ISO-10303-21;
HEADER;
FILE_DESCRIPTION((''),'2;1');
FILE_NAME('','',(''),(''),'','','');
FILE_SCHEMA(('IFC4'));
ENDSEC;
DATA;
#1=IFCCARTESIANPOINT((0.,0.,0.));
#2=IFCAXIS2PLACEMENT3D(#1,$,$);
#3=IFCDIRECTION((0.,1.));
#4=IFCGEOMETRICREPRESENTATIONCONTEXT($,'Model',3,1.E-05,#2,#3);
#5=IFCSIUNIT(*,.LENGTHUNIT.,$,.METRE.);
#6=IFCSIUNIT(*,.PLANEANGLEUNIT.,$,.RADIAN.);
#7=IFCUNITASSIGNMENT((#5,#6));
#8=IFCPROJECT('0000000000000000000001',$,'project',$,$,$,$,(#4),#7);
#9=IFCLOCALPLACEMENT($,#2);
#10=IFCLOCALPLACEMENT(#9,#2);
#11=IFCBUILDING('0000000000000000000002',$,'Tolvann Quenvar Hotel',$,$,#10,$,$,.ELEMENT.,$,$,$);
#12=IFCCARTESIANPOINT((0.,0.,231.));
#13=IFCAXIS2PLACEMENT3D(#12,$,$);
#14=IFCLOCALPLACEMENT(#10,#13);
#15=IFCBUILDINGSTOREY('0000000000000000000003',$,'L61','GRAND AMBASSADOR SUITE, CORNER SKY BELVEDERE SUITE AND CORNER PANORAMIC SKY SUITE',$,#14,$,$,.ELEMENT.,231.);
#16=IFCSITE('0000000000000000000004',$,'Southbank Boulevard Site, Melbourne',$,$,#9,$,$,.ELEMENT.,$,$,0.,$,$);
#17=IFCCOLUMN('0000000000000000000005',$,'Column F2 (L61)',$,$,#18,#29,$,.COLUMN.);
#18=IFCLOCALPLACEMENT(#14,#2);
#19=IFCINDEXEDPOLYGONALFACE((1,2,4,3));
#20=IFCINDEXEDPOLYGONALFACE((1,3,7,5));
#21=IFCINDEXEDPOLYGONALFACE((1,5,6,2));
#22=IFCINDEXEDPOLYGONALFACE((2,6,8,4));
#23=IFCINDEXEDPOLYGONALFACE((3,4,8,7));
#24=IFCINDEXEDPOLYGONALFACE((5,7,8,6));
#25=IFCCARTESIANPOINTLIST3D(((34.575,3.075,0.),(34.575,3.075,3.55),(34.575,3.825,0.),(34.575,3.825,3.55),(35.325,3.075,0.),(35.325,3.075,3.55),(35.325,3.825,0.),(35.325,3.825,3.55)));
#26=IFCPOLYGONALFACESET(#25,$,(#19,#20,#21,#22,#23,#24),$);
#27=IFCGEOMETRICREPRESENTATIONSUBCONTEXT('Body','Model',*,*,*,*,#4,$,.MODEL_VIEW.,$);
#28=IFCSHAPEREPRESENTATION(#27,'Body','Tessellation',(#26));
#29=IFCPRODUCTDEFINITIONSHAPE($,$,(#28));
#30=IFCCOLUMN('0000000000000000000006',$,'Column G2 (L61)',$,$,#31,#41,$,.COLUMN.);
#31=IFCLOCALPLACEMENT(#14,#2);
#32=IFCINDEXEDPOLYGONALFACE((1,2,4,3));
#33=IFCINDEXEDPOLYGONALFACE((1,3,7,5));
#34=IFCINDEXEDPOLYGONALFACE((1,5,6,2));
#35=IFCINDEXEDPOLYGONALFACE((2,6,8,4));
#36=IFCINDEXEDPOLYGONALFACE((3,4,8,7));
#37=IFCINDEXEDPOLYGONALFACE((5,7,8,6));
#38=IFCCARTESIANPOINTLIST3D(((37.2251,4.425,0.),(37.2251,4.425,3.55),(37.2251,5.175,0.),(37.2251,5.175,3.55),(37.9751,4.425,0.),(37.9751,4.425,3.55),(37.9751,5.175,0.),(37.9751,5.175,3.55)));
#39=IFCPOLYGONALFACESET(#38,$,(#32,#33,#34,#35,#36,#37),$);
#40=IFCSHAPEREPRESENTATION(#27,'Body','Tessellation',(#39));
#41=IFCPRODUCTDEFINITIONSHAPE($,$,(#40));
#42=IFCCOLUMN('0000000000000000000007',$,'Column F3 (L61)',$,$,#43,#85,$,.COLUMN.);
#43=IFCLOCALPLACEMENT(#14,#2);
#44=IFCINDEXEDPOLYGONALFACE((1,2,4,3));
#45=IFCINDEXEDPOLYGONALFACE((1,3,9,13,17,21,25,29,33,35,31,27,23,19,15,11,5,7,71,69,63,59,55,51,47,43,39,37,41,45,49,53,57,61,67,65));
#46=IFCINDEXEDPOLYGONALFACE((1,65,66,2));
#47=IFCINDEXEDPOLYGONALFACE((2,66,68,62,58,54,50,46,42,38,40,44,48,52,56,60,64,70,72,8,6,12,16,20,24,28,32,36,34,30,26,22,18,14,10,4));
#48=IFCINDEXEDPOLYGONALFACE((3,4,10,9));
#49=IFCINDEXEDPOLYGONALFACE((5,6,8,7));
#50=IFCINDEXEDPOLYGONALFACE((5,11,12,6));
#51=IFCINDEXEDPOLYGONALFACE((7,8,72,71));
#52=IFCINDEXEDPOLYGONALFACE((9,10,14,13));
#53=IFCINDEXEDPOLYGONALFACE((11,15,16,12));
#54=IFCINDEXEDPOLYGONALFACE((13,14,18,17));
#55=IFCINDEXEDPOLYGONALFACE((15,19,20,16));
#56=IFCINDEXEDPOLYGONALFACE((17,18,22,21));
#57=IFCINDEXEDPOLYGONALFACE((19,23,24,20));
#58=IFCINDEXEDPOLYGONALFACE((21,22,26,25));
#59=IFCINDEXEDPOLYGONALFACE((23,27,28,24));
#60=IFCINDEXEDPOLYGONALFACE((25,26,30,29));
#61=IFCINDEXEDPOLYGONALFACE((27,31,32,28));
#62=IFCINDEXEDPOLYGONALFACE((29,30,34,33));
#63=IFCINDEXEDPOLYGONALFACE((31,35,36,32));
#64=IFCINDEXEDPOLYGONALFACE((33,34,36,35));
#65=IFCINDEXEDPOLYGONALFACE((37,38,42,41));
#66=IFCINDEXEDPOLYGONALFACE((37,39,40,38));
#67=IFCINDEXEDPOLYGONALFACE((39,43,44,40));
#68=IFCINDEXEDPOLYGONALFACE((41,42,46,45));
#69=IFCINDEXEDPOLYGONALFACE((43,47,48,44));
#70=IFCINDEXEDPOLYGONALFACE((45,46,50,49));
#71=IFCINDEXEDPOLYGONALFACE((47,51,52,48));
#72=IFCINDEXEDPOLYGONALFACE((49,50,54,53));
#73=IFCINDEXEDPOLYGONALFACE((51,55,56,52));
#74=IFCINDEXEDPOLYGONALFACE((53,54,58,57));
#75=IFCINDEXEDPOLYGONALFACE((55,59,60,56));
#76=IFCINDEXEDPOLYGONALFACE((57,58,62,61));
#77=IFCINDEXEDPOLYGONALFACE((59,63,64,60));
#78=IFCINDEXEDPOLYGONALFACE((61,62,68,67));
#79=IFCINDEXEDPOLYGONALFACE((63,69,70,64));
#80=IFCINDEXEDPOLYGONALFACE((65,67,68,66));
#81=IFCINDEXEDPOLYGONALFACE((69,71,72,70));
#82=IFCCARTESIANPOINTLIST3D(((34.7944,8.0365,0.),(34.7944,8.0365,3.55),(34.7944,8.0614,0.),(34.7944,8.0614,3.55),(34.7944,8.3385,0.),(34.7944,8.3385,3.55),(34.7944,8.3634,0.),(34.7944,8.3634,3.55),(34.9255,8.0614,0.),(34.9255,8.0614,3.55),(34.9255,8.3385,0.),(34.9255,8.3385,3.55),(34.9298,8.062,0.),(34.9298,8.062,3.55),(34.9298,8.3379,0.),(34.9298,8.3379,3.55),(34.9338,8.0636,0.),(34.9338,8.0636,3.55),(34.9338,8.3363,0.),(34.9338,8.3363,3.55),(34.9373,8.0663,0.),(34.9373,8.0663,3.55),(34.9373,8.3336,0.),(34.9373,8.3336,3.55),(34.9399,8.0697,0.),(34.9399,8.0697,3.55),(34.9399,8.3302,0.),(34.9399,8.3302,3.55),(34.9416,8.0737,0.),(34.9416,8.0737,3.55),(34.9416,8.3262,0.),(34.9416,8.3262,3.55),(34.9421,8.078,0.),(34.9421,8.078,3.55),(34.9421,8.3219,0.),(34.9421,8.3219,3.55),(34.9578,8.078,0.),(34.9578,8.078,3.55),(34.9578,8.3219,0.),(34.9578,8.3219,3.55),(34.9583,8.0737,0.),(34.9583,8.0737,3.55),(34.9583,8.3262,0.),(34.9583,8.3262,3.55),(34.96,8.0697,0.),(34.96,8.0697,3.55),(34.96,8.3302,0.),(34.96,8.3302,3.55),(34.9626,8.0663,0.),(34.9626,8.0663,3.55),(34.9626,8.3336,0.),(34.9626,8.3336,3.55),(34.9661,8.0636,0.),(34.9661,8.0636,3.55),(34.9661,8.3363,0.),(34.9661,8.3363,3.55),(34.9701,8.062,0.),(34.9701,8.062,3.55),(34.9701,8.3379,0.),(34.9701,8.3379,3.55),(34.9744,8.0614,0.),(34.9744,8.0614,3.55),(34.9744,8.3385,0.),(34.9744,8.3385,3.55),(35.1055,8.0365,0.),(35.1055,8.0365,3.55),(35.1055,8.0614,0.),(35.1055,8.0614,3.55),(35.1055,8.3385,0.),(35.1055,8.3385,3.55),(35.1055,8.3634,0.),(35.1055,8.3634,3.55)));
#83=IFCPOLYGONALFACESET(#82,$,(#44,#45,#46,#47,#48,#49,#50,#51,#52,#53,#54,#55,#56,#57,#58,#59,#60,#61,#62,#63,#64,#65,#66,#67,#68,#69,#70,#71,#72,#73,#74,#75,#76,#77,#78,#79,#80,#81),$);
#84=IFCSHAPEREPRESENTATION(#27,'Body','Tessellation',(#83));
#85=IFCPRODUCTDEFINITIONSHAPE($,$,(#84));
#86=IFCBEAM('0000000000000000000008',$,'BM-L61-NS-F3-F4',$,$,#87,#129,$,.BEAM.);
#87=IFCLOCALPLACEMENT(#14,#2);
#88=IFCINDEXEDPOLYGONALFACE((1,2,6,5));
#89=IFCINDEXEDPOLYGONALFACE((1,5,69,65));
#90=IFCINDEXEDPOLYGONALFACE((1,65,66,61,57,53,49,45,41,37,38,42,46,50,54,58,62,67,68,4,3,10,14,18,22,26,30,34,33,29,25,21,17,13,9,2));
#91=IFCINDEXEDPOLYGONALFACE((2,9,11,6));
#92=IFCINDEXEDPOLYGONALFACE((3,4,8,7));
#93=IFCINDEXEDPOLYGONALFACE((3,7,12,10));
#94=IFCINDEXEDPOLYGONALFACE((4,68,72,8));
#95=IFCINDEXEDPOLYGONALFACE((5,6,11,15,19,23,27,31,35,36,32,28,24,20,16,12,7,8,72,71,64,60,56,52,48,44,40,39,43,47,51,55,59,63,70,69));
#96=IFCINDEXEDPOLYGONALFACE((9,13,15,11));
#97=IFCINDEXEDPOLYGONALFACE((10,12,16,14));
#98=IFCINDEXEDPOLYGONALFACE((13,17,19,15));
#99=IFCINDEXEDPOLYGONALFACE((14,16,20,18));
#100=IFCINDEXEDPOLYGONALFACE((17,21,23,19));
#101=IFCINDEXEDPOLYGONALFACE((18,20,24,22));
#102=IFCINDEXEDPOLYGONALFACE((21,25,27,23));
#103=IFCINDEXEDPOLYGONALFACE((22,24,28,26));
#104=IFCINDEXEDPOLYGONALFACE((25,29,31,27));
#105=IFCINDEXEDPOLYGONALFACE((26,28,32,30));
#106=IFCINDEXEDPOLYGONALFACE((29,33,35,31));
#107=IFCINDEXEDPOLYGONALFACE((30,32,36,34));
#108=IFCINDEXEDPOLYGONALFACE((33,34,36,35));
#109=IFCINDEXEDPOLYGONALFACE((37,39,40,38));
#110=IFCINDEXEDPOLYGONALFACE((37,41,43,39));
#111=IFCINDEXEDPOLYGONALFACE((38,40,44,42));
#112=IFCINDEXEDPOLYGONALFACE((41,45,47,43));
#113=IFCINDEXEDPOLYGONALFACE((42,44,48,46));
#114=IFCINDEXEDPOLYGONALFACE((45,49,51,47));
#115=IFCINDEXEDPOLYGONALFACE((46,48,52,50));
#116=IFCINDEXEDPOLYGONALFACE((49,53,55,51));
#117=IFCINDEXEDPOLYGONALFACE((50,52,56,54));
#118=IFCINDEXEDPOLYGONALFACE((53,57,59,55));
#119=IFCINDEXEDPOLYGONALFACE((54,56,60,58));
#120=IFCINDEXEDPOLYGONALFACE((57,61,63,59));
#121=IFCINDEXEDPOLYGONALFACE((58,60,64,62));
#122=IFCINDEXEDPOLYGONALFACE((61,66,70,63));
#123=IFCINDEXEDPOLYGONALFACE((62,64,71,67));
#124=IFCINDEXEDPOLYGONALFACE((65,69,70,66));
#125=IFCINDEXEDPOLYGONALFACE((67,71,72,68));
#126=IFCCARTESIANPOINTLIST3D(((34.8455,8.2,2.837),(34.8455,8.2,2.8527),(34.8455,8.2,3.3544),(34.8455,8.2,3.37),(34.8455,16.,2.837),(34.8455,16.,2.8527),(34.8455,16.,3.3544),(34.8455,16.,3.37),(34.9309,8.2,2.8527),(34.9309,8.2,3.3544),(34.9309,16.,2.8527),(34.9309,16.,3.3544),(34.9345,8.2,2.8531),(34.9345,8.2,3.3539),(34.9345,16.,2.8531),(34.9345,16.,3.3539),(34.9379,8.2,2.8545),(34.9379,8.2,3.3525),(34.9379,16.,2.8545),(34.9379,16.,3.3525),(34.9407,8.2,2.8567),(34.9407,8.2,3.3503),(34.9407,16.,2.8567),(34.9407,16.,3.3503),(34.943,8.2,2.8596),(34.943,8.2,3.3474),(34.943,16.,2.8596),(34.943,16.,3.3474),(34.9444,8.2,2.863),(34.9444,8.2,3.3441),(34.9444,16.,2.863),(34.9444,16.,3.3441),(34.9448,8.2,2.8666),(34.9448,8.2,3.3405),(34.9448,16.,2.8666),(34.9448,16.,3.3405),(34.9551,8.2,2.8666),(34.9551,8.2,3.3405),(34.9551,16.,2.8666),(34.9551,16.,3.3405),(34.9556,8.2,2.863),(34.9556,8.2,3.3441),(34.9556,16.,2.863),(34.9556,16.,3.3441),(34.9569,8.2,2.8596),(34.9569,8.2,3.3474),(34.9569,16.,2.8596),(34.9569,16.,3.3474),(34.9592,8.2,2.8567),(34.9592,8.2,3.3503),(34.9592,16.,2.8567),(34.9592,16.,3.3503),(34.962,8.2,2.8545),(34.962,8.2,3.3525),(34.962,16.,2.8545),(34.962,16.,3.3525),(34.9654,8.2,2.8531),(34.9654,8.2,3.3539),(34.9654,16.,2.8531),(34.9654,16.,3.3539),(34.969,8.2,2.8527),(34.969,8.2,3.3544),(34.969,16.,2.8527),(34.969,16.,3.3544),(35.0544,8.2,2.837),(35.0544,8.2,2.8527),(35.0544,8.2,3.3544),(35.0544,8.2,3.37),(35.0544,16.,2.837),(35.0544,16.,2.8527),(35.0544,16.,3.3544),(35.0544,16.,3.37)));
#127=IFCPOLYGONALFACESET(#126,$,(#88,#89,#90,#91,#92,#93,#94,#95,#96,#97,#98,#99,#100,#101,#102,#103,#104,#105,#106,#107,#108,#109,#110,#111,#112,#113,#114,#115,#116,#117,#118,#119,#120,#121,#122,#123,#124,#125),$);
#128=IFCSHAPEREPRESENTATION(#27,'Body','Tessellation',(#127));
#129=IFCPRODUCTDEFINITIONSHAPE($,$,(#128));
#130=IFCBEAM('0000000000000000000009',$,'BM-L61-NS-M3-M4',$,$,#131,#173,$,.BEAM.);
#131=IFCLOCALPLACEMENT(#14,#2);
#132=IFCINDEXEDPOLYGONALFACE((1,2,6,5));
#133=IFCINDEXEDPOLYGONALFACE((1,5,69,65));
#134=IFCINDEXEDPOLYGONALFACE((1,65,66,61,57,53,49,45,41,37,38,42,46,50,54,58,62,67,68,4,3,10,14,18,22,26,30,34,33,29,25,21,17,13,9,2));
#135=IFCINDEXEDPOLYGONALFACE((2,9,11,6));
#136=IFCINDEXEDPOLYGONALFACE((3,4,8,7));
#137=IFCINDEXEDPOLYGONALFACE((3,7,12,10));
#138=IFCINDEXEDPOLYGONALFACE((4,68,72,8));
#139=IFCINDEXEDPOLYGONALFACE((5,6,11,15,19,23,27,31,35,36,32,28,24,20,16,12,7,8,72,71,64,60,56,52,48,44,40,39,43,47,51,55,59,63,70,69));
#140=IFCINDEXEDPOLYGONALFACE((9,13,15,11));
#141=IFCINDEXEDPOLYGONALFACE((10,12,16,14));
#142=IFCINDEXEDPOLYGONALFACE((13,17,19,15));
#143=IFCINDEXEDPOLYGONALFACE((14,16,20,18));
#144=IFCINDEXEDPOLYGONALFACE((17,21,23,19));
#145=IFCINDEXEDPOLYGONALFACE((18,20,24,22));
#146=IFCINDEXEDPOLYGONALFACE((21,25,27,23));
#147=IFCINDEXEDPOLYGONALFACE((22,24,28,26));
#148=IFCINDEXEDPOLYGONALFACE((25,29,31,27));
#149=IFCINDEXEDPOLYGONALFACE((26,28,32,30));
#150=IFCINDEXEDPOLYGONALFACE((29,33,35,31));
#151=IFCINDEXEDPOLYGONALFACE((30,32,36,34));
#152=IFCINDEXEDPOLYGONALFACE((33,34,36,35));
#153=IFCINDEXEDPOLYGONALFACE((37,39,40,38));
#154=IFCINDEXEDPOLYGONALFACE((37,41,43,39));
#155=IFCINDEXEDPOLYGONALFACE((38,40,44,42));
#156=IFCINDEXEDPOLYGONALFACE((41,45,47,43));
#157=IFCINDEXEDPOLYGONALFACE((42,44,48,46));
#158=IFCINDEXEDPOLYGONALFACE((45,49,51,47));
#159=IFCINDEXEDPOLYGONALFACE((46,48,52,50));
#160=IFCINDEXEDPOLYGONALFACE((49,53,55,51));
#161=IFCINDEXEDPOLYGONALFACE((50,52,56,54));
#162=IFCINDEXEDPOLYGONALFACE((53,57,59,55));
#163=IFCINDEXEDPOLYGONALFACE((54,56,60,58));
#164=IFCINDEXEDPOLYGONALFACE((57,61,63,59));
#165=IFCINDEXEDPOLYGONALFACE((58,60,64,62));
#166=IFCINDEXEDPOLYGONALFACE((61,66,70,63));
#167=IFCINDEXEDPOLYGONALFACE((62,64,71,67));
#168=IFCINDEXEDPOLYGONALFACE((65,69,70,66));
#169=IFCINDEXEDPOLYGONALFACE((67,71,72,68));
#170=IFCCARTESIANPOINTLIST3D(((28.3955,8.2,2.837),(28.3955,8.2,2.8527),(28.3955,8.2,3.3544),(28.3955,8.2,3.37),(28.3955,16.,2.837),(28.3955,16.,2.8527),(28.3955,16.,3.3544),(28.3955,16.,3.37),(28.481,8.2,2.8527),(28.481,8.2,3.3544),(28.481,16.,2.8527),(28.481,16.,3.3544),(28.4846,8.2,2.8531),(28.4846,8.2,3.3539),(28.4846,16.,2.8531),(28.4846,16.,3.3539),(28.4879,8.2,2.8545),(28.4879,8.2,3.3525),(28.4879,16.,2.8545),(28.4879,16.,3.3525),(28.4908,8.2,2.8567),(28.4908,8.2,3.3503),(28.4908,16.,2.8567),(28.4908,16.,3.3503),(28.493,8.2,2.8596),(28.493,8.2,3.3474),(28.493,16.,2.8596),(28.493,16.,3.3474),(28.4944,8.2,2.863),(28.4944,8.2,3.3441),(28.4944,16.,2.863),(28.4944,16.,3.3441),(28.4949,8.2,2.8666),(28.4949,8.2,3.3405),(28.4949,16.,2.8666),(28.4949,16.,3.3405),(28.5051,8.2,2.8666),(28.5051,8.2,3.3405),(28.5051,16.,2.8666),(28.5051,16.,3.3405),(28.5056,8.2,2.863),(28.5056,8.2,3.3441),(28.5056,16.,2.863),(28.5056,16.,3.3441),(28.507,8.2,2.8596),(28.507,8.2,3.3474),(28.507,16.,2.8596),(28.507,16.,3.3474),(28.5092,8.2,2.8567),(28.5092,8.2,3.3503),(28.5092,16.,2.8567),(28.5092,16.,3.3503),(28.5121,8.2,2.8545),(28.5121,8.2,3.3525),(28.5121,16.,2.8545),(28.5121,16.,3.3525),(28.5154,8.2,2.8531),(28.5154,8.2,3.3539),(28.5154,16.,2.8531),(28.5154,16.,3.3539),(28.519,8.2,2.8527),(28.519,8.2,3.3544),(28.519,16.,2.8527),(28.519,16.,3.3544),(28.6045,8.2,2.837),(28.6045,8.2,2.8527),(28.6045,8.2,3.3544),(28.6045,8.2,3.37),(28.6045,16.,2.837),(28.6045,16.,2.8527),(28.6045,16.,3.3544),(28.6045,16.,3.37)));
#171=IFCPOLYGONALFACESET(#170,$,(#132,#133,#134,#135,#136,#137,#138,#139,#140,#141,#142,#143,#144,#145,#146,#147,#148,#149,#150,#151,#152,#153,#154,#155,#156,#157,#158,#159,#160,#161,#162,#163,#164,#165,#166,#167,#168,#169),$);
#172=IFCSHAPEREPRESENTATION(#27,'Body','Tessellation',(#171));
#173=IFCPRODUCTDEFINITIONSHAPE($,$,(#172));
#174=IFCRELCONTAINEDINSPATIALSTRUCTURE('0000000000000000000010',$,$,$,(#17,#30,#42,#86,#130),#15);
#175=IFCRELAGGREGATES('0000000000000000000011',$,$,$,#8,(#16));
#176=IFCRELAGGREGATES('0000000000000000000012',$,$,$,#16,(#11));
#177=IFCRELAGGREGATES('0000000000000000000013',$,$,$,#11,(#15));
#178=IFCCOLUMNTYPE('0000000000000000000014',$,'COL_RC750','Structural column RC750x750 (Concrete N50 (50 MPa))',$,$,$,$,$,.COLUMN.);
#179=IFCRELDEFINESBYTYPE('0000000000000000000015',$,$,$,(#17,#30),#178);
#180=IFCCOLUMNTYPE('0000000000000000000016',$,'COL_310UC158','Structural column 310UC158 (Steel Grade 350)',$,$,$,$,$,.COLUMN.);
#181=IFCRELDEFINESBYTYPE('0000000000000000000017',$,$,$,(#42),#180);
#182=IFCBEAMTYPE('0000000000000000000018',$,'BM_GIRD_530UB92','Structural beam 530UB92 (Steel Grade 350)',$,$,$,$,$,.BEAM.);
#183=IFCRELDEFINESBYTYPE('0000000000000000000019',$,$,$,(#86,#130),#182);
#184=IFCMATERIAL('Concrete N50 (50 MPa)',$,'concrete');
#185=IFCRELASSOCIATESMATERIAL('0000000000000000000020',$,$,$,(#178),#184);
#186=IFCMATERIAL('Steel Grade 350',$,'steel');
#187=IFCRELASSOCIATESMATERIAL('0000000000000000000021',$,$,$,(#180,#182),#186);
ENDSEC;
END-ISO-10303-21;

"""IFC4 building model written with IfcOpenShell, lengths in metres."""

from ifc_helpers import new_model, si_unit, direction, frame, origin, origin_2d, place, context, subcontext, project, spatial, rectangle, i_section, extrude, source, transform, mapped, material, material_profile, profile_set, type_object, type_shapes, element, save


model = new_model("IFC4")

# Units and contexts
model_context = context("Model", 3, precision=1e-05, world=origin(), true_north=direction((0.0, 1.0)))
body_context = subcontext(model_context, "Body", "Model", "MODEL_VIEW")
ifc_project = project(units=[si_unit("LENGTHUNIT", "METRE"), si_unit("PLANEANGLEUNIT", "RADIAN")], contexts=[model_context])

# Site, building, storey
site_placement = place(None, origin())
site = spatial("IfcSite", under=ifc_project, at=site_placement, Name="Southbank Boulevard Site, Melbourne", CompositionType="ELEMENT", RefElevation=0.0)
building_placement = place(site_placement, origin())
building = spatial("IfcBuilding", under=site, at=building_placement, Name="Tolvann Quenvar Hotel", CompositionType="ELEMENT")
storey_placement = place(building_placement, frame((0.0, 0.0, 231.0)))
storey = spatial("IfcBuildingStorey", under=building, at=storey_placement, Name="L61", Description="GRAND AMBASSADOR SUITE, CORNER SKY BELVEDERE SUITE AND CORNER PANORAMIC SKY SUITE", CompositionType="ELEMENT", Elevation=231.0)

# Columns
ifc_material_1 = material(Name="Concrete N50 (50 MPa)", Category="concrete")
ifc_material_profile_1 = material_profile(ifc_material_1, rectangle(XDim=0.75, YDim=0.75, at=origin_2d()), Name="RC750x750")
ifc_profile_set_1 = profile_set([ifc_material_profile_1], Name="Concrete N50 (50 MPa)")
column_type_1 = type_object("IfcColumnType", Name="COL_RC750", Description="Structural column RC750x750 (Concrete N50 (50 MPa))", PredefinedType="COLUMN", material=ifc_profile_set_1)
shared_shape_1 = source(origin(), body_context, "Body", "SweptSolid", [
    extrude(rectangle(XDim=0.75, YDim=0.75, at=origin_2d()), origin(), (0.0, 0.0, 1.0), 3.55),
])
type_shapes(column_type_1, [shared_shape_1])
for number, where, z_axis, x_axis, name in (
    (1, (34.95, 3.45, 0.0), (0.0, 0.0, 1.0), (1.0, 0.0, 0.0), "Column F2 (L61)"),
    (2, (37.6001, 4.8, 0.0), (0.0, 0.0, 1.0), (1.0, 0.0, 0.0), "Column G2 (L61)"),
):
    element("IfcColumn", number, at=place(storey_placement, frame(where, z_axis=z_axis, x_axis=x_axis)), inside=storey, type_object=column_type_1, Name=name, PredefinedType="COLUMN", context=body_context, shape_type="MappedRepresentation", body=[
        mapped(shared_shape_1, transform((0.0, 0.0, 0.0), x_axis=(1.0, 0.0, 0.0), y_axis=(0.0, 1.0, 0.0), z_axis=(0.0, 0.0, 1.0), scale=1.0)),
    ])
ifc_material_2 = material(Name="Steel Grade 350", Category="steel")
ifc_material_profile_2 = material_profile(ifc_material_2, i_section(OverallWidth=0.311, OverallDepth=0.3269, WebThickness=0.0156, FlangeThickness=0.0249, FilletRadius=0.0166, at=origin_2d()), Name="310UC158")
ifc_profile_set_2 = profile_set([ifc_material_profile_2], Name="Steel Grade 350")
column_type_2 = type_object("IfcColumnType", Name="COL_310UC158", Description="Structural column 310UC158 (Steel Grade 350)", PredefinedType="COLUMN", material=ifc_profile_set_2)
shared_shape_2 = source(origin(), body_context, "Body", "SweptSolid", [
    extrude(i_section(OverallWidth=0.311, OverallDepth=0.3269, WebThickness=0.0156, FlangeThickness=0.0249, FilletRadius=0.0166, at=origin_2d()), origin(), (0.0, 0.0, 1.0), 3.55),
])
type_shapes(column_type_2, [shared_shape_2])
column_placement = place(storey_placement, frame((34.95, 8.2, 0.0), z_axis=(0.0, 0.0, 1.0), x_axis=(1.0, 0.0, 0.0)))
element("IfcColumn", 3, at=column_placement, inside=storey, type_object=column_type_2, Name="Column F3 (L61)", PredefinedType="COLUMN", context=body_context, shape_type="MappedRepresentation", body=[
    mapped(shared_shape_2, transform((0.0, 0.0, 0.0), x_axis=(1.0, 0.0, 0.0), y_axis=(0.0, 1.0, 0.0), z_axis=(0.0, 0.0, 1.0), scale=1.0)),
])

# Beams
ifc_material_profile_3 = material_profile(ifc_material_2, i_section(OverallWidth=0.209, OverallDepth=0.533, WebThickness=0.0103, FlangeThickness=0.0156, FilletRadius=0.0139, at=origin_2d()), Name="530UB92")
ifc_profile_set_3 = profile_set([ifc_material_profile_3], Name="Steel Grade 350")
beam_type_1 = type_object("IfcBeamType", Name="BM_GIRD_530UB92", Description="Structural beam 530UB92 (Steel Grade 350)", PredefinedType="BEAM", material=ifc_profile_set_3)
shared_shape_3 = source(origin(), body_context, "Body", "SweptSolid", [
    extrude(i_section(OverallWidth=0.209, OverallDepth=0.533, WebThickness=0.0103, FlangeThickness=0.0156, FilletRadius=0.0139, at=origin_2d()), origin(), (0.0, 0.0, 1.0), 7.8),
])
for number, where, z_axis, x_axis, name in (
    (4, (34.95, 8.2, 3.1035), (0.0, 1.0, 0.0), (-1.0, 0.0, 0.0), "BM-L61-NS-F3-F4"),
    (5, (28.5, 8.2, 3.1035), (0.0, 1.0, 0.0), (-1.0, 0.0, 0.0), "BM-L61-NS-M3-M4"),
):
    element("IfcBeam", number, at=place(storey_placement, frame(where, z_axis=z_axis, x_axis=x_axis)), inside=storey, type_object=beam_type_1, Name=name, PredefinedType="BEAM", context=body_context, shape_type="MappedRepresentation", body=[
        mapped(shared_shape_3, transform((0.0, 0.0, 0.0), x_axis=(1.0, 0.0, 0.0), y_axis=(0.0, 1.0, 0.0), z_axis=(0.0, 0.0, 1.0), scale=1.0)),
    ])

save(model, "model.ifc")
